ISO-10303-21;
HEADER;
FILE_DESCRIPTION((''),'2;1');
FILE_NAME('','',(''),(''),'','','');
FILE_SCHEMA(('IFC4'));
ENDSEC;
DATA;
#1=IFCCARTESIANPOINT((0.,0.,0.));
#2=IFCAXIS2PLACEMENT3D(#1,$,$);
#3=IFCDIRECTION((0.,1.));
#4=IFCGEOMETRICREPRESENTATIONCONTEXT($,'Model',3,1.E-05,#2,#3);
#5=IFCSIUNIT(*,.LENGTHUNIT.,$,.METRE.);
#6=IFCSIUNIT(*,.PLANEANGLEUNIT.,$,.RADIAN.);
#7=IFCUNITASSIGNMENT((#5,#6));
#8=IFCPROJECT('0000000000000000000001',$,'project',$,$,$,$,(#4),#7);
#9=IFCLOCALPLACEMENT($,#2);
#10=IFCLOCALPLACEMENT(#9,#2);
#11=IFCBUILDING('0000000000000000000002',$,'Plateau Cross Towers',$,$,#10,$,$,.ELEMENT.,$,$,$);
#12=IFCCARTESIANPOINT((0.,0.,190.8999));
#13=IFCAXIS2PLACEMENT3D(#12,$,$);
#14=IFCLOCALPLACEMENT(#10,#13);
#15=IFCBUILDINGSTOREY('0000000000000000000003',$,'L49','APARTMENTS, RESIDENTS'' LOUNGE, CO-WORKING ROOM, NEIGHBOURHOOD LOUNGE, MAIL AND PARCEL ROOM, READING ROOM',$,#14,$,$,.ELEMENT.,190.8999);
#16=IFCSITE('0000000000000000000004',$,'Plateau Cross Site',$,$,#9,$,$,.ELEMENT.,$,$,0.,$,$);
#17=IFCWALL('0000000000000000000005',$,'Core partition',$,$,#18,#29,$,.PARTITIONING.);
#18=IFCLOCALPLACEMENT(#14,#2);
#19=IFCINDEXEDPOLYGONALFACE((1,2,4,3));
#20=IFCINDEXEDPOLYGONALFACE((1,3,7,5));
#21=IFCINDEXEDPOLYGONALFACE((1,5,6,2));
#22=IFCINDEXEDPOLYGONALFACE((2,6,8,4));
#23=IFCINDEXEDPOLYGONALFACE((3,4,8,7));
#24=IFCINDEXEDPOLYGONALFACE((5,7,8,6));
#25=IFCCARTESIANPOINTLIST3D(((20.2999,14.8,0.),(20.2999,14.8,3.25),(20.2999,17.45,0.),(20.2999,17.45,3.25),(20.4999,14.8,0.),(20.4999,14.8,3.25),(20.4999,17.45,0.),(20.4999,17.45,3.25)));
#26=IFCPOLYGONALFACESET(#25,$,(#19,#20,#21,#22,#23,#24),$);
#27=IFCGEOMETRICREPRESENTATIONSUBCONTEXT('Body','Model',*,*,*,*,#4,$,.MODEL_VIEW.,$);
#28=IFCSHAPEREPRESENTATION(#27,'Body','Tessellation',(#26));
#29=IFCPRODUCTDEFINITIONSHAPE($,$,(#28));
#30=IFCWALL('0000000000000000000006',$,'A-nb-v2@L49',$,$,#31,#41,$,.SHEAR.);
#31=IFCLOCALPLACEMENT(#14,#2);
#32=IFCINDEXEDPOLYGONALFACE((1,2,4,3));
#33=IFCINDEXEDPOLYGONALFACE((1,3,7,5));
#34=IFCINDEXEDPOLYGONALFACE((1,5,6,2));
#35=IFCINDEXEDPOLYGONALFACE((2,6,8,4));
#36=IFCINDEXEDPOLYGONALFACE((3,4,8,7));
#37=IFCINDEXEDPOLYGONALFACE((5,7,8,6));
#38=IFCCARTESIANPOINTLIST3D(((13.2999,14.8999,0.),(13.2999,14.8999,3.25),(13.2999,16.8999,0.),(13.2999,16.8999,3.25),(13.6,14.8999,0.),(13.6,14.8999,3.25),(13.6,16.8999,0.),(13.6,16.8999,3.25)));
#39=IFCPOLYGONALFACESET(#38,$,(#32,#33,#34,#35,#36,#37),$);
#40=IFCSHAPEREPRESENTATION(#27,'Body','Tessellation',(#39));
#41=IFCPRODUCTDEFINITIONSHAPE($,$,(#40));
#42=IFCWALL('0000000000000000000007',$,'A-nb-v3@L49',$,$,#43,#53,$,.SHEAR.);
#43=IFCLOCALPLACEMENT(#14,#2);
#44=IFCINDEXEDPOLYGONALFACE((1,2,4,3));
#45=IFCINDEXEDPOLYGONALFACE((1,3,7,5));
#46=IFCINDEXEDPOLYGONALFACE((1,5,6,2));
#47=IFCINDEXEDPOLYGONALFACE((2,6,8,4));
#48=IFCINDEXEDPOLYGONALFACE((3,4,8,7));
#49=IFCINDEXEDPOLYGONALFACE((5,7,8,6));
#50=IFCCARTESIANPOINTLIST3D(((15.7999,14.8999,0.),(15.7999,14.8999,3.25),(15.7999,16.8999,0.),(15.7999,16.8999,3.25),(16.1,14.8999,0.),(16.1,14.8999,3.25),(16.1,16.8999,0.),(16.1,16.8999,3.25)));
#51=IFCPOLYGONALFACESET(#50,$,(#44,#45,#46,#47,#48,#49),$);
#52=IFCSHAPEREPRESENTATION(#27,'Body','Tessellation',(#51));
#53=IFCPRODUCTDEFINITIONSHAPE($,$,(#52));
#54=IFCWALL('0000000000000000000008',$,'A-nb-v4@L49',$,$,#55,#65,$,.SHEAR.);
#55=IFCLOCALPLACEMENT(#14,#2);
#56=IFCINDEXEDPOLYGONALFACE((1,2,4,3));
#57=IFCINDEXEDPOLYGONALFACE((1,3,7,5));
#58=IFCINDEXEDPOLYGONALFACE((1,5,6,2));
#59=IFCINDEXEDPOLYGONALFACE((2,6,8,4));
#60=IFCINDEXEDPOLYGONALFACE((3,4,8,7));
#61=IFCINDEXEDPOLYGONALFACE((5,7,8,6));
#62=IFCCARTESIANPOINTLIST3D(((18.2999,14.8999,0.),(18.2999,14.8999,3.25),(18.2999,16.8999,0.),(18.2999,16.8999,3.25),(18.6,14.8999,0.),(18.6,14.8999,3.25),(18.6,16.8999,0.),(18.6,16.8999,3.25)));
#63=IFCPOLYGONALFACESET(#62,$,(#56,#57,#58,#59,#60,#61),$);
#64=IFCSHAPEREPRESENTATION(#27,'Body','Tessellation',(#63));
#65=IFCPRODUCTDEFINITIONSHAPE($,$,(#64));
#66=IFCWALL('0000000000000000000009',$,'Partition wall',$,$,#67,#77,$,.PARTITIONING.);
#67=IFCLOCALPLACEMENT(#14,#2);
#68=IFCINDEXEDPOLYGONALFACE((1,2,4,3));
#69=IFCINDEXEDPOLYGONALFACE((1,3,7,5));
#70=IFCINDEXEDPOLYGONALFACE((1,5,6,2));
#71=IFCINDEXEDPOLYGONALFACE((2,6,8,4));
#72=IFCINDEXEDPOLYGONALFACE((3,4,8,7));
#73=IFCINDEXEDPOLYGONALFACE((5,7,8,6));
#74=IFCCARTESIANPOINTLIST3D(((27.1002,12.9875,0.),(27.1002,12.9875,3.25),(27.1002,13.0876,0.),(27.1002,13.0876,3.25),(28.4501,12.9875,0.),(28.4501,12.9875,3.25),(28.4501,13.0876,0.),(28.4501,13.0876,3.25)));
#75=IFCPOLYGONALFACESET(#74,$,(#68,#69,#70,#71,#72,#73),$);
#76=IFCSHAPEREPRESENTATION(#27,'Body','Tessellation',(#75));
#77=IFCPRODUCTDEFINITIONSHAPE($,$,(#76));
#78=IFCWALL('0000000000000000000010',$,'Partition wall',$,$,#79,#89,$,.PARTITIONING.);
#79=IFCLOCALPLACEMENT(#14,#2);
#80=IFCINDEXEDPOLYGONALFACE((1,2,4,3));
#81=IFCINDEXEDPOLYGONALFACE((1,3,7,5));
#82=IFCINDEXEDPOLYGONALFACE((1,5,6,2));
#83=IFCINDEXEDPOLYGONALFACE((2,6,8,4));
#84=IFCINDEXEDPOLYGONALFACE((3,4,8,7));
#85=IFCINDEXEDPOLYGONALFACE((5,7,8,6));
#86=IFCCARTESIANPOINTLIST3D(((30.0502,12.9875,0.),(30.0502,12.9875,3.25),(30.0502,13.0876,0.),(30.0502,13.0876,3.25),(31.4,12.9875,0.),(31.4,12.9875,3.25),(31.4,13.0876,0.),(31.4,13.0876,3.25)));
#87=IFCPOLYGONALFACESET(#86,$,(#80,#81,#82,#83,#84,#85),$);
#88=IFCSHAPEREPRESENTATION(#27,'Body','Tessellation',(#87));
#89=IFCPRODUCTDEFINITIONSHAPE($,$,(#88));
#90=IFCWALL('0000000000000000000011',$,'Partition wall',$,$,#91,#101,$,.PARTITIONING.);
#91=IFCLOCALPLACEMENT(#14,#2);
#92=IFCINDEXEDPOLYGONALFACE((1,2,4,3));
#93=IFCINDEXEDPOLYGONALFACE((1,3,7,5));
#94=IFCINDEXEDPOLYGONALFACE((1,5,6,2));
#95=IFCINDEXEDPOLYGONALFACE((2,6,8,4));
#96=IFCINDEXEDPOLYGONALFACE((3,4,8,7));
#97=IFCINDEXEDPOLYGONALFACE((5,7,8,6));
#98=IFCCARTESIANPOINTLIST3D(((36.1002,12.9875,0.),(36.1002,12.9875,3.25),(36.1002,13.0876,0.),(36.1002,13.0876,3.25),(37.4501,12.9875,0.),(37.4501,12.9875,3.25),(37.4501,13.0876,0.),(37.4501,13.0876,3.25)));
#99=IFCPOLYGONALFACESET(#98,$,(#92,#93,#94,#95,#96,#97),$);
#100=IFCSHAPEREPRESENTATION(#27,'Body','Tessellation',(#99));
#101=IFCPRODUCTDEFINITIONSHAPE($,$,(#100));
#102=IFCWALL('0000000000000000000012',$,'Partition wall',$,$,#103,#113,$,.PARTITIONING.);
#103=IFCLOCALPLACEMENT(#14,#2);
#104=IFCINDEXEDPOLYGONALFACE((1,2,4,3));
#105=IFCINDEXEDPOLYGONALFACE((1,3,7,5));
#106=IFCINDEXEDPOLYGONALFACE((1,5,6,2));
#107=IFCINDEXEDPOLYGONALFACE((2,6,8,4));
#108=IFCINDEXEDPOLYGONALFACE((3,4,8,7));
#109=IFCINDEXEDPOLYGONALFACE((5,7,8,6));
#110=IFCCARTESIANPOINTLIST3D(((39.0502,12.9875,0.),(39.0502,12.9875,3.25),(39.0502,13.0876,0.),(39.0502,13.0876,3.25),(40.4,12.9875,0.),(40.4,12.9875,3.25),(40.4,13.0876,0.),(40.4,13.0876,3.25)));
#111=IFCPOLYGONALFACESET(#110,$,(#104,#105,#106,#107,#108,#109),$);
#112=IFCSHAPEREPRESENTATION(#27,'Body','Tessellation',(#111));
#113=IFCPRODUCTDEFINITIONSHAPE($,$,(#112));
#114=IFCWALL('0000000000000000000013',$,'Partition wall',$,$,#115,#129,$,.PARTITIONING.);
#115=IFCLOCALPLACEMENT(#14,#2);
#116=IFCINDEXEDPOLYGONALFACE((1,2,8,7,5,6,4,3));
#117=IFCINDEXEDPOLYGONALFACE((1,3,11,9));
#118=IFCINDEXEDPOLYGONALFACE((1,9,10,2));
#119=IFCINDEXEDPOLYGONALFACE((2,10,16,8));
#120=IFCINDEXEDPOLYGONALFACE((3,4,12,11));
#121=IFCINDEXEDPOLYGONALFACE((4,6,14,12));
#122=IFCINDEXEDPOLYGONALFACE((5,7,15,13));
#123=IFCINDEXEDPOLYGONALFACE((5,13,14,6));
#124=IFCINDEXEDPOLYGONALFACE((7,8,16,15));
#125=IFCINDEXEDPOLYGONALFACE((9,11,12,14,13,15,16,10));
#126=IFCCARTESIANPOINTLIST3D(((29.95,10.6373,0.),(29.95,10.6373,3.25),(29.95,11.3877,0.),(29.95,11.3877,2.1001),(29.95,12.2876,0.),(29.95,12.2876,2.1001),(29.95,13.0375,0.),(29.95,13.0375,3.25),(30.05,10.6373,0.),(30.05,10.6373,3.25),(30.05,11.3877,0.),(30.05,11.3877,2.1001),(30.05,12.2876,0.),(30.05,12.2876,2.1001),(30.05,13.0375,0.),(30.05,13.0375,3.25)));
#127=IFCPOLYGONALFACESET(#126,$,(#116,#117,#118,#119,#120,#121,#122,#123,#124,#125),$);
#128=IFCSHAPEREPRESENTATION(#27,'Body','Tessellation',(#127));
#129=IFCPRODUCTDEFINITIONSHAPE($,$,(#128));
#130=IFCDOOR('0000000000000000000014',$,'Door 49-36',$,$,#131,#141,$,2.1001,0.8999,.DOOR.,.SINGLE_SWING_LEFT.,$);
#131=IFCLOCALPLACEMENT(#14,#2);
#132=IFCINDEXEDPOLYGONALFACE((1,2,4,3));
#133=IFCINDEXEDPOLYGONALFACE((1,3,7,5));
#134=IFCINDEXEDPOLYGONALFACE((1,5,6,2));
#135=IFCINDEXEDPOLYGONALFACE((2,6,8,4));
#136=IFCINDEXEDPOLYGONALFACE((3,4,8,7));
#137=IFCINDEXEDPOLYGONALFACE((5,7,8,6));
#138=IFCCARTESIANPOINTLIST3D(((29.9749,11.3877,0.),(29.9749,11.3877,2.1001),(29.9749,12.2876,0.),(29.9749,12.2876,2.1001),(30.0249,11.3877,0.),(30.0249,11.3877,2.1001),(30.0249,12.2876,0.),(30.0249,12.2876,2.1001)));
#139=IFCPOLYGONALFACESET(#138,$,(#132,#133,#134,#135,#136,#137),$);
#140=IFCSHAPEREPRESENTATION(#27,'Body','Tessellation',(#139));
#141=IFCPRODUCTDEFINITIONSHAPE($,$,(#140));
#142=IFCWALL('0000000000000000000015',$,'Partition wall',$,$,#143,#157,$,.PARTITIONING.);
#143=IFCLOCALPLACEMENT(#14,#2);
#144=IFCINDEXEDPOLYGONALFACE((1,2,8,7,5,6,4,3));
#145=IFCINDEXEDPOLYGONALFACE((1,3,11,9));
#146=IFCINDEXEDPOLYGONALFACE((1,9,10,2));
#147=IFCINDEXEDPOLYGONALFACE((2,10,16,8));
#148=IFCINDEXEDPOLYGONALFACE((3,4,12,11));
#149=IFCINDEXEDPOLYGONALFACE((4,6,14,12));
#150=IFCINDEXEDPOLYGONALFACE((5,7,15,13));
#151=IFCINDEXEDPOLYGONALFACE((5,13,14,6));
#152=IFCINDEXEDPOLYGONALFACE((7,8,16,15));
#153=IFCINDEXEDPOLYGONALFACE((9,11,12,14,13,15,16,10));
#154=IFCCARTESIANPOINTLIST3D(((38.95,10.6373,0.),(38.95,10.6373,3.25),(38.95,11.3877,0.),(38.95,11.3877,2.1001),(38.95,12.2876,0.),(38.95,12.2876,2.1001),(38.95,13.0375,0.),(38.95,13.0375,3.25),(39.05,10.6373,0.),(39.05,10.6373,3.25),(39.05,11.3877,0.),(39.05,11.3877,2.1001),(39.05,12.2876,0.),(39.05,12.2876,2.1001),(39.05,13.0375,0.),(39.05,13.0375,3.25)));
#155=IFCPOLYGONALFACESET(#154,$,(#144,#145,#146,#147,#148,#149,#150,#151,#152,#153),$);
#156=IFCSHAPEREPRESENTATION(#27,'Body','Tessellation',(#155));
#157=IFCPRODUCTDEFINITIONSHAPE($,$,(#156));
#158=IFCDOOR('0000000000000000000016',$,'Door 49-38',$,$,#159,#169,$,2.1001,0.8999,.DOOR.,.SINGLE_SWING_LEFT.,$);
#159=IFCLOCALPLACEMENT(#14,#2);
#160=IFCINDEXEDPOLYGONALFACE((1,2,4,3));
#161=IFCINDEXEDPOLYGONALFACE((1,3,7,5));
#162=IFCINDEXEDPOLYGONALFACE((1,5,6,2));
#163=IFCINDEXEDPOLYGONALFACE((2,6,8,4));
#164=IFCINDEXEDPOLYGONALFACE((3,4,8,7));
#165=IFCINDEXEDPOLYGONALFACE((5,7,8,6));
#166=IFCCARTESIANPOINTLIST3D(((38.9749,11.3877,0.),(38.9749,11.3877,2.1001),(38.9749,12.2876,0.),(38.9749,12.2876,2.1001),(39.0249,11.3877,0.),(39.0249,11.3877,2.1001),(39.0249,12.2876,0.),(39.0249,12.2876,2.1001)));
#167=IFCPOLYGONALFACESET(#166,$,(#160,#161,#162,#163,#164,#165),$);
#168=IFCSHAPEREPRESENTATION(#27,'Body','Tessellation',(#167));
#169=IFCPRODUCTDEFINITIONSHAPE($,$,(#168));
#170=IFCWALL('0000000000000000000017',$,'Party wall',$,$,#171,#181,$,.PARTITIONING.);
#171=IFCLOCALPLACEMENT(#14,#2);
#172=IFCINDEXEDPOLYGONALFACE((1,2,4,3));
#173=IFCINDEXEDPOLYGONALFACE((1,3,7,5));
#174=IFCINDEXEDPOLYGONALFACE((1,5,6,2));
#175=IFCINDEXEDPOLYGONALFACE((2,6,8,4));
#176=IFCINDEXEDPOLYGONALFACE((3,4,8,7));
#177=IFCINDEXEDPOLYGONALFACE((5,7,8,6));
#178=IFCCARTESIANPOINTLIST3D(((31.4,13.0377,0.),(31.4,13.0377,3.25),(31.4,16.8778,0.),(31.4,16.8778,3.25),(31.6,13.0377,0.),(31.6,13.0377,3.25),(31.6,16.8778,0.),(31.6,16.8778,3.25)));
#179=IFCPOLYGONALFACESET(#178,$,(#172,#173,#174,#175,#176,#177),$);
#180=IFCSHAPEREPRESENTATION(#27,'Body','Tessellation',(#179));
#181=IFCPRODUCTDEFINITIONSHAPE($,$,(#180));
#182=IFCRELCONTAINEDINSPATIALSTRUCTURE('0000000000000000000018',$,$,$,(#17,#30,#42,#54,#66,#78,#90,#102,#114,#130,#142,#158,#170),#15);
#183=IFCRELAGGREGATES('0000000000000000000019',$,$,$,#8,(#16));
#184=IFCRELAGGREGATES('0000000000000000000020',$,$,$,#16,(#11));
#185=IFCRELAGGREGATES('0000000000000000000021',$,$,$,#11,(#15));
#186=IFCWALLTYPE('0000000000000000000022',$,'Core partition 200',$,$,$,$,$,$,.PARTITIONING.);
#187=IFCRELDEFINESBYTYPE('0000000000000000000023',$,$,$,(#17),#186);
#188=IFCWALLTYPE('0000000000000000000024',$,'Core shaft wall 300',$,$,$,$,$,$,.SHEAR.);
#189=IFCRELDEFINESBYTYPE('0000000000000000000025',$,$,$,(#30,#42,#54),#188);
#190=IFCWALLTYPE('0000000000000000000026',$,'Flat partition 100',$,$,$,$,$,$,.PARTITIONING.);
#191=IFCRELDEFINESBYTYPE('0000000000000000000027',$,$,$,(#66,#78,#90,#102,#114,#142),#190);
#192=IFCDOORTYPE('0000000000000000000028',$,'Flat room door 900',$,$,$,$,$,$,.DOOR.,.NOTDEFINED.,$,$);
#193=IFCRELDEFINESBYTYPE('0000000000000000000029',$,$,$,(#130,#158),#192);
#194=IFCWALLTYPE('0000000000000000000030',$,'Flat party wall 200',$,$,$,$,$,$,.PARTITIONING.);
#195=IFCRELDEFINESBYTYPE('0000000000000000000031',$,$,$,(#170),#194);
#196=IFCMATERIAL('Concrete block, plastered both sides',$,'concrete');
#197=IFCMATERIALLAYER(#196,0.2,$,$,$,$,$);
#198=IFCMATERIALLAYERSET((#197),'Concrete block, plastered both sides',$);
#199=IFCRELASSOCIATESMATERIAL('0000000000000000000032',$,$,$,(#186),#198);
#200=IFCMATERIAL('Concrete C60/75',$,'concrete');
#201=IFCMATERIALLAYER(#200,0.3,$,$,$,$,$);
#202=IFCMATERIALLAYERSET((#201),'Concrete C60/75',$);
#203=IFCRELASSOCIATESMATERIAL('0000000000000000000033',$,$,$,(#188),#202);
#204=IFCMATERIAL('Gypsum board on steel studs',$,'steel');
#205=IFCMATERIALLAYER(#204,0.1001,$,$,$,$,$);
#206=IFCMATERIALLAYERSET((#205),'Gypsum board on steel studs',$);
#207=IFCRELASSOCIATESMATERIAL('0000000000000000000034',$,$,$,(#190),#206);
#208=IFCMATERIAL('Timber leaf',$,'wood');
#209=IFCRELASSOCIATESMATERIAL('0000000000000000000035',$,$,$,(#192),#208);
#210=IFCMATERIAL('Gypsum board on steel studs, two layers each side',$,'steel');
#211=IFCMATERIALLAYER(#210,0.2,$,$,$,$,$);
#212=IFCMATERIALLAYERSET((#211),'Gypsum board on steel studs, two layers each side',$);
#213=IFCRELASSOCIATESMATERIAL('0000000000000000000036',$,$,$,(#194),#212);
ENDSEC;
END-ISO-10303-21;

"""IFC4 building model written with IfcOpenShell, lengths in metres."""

from ifc_helpers import new_model, si_unit, direction, frame, frame_2d, origin, place, context, subcontext, project, spatial, rectangle, extrude, material, layer, layer_set, type_object, element, fill, save


model = new_model("IFC4")

# Units and contexts
model_context = context("Model", 3, precision=1e-05, world=origin(), true_north=direction((0.0, 1.0)))
body_context = subcontext(model_context, "Body", "Model", "MODEL_VIEW")
ifc_project = project(units=[si_unit("LENGTHUNIT", "METRE"), si_unit("PLANEANGLEUNIT", "RADIAN")], contexts=[model_context])

# Site, building, storey
site_placement = place(None, origin())
site = spatial("IfcSite", under=ifc_project, at=site_placement, Name="Plateau Cross Site", CompositionType="ELEMENT", RefElevation=0.0)
building_placement = place(site_placement, origin())
building = spatial("IfcBuilding", under=site, at=building_placement, Name="Plateau Cross Towers", CompositionType="ELEMENT")
storey_placement = place(building_placement, frame((0.0, 0.0, 190.8999)))
storey = spatial("IfcBuildingStorey", under=building, at=storey_placement, Name="L49", Description="APARTMENTS, RESIDENTS' LOUNGE, CO-WORKING ROOM, NEIGHBOURHOOD LOUNGE, MAIL AND PARCEL ROOM, READING ROOM", CompositionType="ELEMENT", Elevation=190.8999)

# Shared definitions
ifc_material_1 = material(Name="Concrete C60/75", Category="concrete")

# Shared definitions
ifc_material_2 = material(Name="Concrete block, plastered both sides", Category="concrete")
ifc_layer_1 = layer(ifc_material_2, 0.2)
ifc_layer_set_1 = layer_set([ifc_layer_1], Name="Concrete block, plastered both sides")
wall_type_1 = type_object("IfcWallType", Name="Core partition 200", PredefinedType="PARTITIONING", material=ifc_layer_set_1)

# Walls
wall_1_placement = place(storey_placement, frame((20.3999, 14.8, 0.0), z_axis=(0.0, 0.0, 1.0), x_axis=(0.0, 1.0, 0.0)))
element("IfcWall", 1, at=wall_1_placement, inside=storey, type_object=wall_type_1, Name="Core partition", PredefinedType="PARTITIONING", context=body_context, shape_type="SweptSolid", body=[
    extrude(rectangle(XDim=2.6499, YDim=0.2, at=frame_2d((1.325, 0.0))), origin(), (0.0, 0.0, 1.0), 3.25),
])
ifc_layer_2 = layer(ifc_material_1, 0.3)
ifc_layer_set_2 = layer_set([ifc_layer_2], Name="Concrete C60/75")
wall_type_2 = type_object("IfcWallType", Name="Core shaft wall 300", PredefinedType="SHEAR", material=ifc_layer_set_2)
for number, where, z_axis, x_axis, name in (
    (2, (13.45, 14.8999, 0.0), (0.0, 0.0, 1.0), (0.0, 1.0, 0.0), "A-nb-v2@L49"),
    (3, (15.95, 14.8999, 0.0), (0.0, 0.0, 1.0), (0.0, 1.0, 0.0), "A-nb-v3@L49"),
    (4, (18.45, 14.8999, 0.0), (0.0, 0.0, 1.0), (0.0, 1.0, 0.0), "A-nb-v4@L49"),
):
    element("IfcWall", number, at=place(storey_placement, frame(where, z_axis=z_axis, x_axis=x_axis)), inside=storey, type_object=wall_type_2, Name=name, PredefinedType="SHEAR", context=body_context, shape_type="SweptSolid", body=[
        extrude(rectangle(XDim=2.0, YDim=0.3, at=frame_2d((1.0, 0.0))), origin(), (0.0, 0.0, 1.0), 3.25),
    ])
ifc_material_3 = material(Name="Gypsum board on steel studs", Category="steel")
ifc_layer_3 = layer(ifc_material_3, 0.1001)
ifc_layer_set_3 = layer_set([ifc_layer_3], Name="Gypsum board on steel studs")
wall_type_3 = type_object("IfcWallType", Name="Flat partition 100", PredefinedType="PARTITIONING", material=ifc_layer_set_3)
for number, where, z_axis, x_axis, name in (
    (5, (28.45, 13.0376, 0.0), (0.0, 0.0, 1.0), (-1.0, 0.0, 0.0), "Partition wall"),
    (6, (31.3999, 13.0376, 0.0), (0.0, 0.0, 1.0), (-1.0, 0.0, 0.0), "Partition wall"),
    (7, (37.45, 13.0376, 0.0), (0.0, 0.0, 1.0), (-1.0, 0.0, 0.0), "Partition wall"),
    (8, (40.3999, 13.0376, 0.0), (0.0, 0.0, 1.0), (-1.0, 0.0, 0.0), "Partition wall"),
):
    element("IfcWall", number, at=place(storey_placement, frame(where, z_axis=z_axis, x_axis=x_axis)), inside=storey, type_object=wall_type_3, Name=name, PredefinedType="PARTITIONING", context=body_context, shape_type="SweptSolid", body=[
        extrude(rectangle(XDim=1.3499, YDim=0.1001, at=frame_2d((0.6748, 0.0))), origin(), (0.0, 0.0, 1.0), 3.25),
    ])

# Walls, openings, doors
wall_2_placement = place(storey_placement, frame((30.0, 13.0376, 0.0), z_axis=(0.0, 0.0, 1.0), x_axis=(0.0, -1.0, 0.0)))
wall_2 = element("IfcWall", 9, at=wall_2_placement, inside=storey, type_object=wall_type_3, Name="Partition wall", PredefinedType="PARTITIONING", context=body_context, shape_type="SweptSolid", body=[
    extrude(rectangle(XDim=2.4001, YDim=0.1001, at=frame_2d((1.2002, 0.0))), origin(), (0.0, 0.0, 1.0), 3.25),
])
opening_1_placement = place(wall_2_placement, frame((0.75, 0.0, 0.0)))
opening_1 = element("IfcOpeningElement", 10, at=opening_1_placement, cuts=wall_2, PredefinedType="OPENING", context=body_context, shape_type="SweptSolid", body=[
    extrude(rectangle(XDim=0.8999, YDim=2.1001, at=frame_2d((0.45, 1.05))), frame((0.0, 0.0601, 0.0), z_axis=(0.0, -1.0, 0.0), x_axis=(1.0, 0.0, 0.0)), (0.0, 0.0, 1.0), 0.1201),
])
ifc_material_4 = material(Name="Timber leaf", Category="wood")
door_type_1 = type_object("IfcDoorType", Name="Flat room door 900", OperationType="NOTDEFINED", PredefinedType="DOOR", material=ifc_material_4)
door_1_placement = place(opening_1_placement, origin())
door_1 = element("IfcDoor", 11, at=door_1_placement, inside=storey, type_object=door_type_1, Name="Door 49-36", OperationType="SINGLE_SWING_LEFT", OverallHeight=2.1001, OverallWidth=0.8999, PredefinedType="DOOR", context=body_context, shape_type="SweptSolid", body=[
    extrude(rectangle(XDim=0.8999, YDim=2.1001, at=frame_2d((0.45, 1.05))), frame((0.0, 0.0249, 0.0), z_axis=(0.0, -1.0, 0.0), x_axis=(1.0, 0.0, 0.0)), (0.0, 0.0, 1.0), 0.05),
])
fill(opening_1, door_1)
wall_3_placement = place(storey_placement, frame((39.0, 13.0376, 0.0), z_axis=(0.0, 0.0, 1.0), x_axis=(0.0, -1.0, 0.0)))
wall_3 = element("IfcWall", 12, at=wall_3_placement, inside=storey, type_object=wall_type_3, Name="Partition wall", PredefinedType="PARTITIONING", context=body_context, shape_type="SweptSolid", body=[
    extrude(rectangle(XDim=2.4001, YDim=0.1001, at=frame_2d((1.2002, 0.0))), origin(), (0.0, 0.0, 1.0), 3.25),
])
opening_2_placement = place(wall_3_placement, frame((0.75, 0.0, 0.0)))
opening_2 = element("IfcOpeningElement", 13, at=opening_2_placement, cuts=wall_3, PredefinedType="OPENING", context=body_context, shape_type="SweptSolid", body=[
    extrude(rectangle(XDim=0.8999, YDim=2.1001, at=frame_2d((0.45, 1.05))), frame((0.0, 0.0601, 0.0), z_axis=(0.0, -1.0, 0.0), x_axis=(1.0, 0.0, 0.0)), (0.0, 0.0, 1.0), 0.1201),
])
door_2_placement = place(opening_2_placement, origin())
door_2 = element("IfcDoor", 14, at=door_2_placement, inside=storey, type_object=door_type_1, Name="Door 49-38", OperationType="SINGLE_SWING_LEFT", OverallHeight=2.1001, OverallWidth=0.8999, PredefinedType="DOOR", context=body_context, shape_type="SweptSolid", body=[
    extrude(rectangle(XDim=0.8999, YDim=2.1001, at=frame_2d((0.45, 1.05))), frame((0.0, 0.0249, 0.0), z_axis=(0.0, -1.0, 0.0), x_axis=(1.0, 0.0, 0.0)), (0.0, 0.0, 1.0), 0.05),
])
fill(opening_2, door_2)

# Wall
ifc_material_5 = material(Name="Gypsum board on steel studs, two layers each side", Category="steel")
ifc_layer_4 = layer(ifc_material_5, 0.2)
ifc_layer_set_4 = layer_set([ifc_layer_4], Name="Gypsum board on steel studs, two layers each side")
wall_type_4 = type_object("IfcWallType", Name="Flat party wall 200", PredefinedType="PARTITIONING", material=ifc_layer_set_4)
wall_4_placement = place(storey_placement, frame((31.5, 16.8777, 0.0), z_axis=(0.0, 0.0, 1.0), x_axis=(0.0, -1.0, 0.0)))
element("IfcWall", 15, at=wall_4_placement, inside=storey, type_object=wall_type_4, Name="Party wall", PredefinedType="PARTITIONING", context=body_context, shape_type="SweptSolid", body=[
    extrude(rectangle(XDim=3.8401, YDim=0.2, at=frame_2d((1.9199, 0.0))), origin(), (0.0, 0.0, 1.0), 3.25),
])

save(model, "model.ifc")
